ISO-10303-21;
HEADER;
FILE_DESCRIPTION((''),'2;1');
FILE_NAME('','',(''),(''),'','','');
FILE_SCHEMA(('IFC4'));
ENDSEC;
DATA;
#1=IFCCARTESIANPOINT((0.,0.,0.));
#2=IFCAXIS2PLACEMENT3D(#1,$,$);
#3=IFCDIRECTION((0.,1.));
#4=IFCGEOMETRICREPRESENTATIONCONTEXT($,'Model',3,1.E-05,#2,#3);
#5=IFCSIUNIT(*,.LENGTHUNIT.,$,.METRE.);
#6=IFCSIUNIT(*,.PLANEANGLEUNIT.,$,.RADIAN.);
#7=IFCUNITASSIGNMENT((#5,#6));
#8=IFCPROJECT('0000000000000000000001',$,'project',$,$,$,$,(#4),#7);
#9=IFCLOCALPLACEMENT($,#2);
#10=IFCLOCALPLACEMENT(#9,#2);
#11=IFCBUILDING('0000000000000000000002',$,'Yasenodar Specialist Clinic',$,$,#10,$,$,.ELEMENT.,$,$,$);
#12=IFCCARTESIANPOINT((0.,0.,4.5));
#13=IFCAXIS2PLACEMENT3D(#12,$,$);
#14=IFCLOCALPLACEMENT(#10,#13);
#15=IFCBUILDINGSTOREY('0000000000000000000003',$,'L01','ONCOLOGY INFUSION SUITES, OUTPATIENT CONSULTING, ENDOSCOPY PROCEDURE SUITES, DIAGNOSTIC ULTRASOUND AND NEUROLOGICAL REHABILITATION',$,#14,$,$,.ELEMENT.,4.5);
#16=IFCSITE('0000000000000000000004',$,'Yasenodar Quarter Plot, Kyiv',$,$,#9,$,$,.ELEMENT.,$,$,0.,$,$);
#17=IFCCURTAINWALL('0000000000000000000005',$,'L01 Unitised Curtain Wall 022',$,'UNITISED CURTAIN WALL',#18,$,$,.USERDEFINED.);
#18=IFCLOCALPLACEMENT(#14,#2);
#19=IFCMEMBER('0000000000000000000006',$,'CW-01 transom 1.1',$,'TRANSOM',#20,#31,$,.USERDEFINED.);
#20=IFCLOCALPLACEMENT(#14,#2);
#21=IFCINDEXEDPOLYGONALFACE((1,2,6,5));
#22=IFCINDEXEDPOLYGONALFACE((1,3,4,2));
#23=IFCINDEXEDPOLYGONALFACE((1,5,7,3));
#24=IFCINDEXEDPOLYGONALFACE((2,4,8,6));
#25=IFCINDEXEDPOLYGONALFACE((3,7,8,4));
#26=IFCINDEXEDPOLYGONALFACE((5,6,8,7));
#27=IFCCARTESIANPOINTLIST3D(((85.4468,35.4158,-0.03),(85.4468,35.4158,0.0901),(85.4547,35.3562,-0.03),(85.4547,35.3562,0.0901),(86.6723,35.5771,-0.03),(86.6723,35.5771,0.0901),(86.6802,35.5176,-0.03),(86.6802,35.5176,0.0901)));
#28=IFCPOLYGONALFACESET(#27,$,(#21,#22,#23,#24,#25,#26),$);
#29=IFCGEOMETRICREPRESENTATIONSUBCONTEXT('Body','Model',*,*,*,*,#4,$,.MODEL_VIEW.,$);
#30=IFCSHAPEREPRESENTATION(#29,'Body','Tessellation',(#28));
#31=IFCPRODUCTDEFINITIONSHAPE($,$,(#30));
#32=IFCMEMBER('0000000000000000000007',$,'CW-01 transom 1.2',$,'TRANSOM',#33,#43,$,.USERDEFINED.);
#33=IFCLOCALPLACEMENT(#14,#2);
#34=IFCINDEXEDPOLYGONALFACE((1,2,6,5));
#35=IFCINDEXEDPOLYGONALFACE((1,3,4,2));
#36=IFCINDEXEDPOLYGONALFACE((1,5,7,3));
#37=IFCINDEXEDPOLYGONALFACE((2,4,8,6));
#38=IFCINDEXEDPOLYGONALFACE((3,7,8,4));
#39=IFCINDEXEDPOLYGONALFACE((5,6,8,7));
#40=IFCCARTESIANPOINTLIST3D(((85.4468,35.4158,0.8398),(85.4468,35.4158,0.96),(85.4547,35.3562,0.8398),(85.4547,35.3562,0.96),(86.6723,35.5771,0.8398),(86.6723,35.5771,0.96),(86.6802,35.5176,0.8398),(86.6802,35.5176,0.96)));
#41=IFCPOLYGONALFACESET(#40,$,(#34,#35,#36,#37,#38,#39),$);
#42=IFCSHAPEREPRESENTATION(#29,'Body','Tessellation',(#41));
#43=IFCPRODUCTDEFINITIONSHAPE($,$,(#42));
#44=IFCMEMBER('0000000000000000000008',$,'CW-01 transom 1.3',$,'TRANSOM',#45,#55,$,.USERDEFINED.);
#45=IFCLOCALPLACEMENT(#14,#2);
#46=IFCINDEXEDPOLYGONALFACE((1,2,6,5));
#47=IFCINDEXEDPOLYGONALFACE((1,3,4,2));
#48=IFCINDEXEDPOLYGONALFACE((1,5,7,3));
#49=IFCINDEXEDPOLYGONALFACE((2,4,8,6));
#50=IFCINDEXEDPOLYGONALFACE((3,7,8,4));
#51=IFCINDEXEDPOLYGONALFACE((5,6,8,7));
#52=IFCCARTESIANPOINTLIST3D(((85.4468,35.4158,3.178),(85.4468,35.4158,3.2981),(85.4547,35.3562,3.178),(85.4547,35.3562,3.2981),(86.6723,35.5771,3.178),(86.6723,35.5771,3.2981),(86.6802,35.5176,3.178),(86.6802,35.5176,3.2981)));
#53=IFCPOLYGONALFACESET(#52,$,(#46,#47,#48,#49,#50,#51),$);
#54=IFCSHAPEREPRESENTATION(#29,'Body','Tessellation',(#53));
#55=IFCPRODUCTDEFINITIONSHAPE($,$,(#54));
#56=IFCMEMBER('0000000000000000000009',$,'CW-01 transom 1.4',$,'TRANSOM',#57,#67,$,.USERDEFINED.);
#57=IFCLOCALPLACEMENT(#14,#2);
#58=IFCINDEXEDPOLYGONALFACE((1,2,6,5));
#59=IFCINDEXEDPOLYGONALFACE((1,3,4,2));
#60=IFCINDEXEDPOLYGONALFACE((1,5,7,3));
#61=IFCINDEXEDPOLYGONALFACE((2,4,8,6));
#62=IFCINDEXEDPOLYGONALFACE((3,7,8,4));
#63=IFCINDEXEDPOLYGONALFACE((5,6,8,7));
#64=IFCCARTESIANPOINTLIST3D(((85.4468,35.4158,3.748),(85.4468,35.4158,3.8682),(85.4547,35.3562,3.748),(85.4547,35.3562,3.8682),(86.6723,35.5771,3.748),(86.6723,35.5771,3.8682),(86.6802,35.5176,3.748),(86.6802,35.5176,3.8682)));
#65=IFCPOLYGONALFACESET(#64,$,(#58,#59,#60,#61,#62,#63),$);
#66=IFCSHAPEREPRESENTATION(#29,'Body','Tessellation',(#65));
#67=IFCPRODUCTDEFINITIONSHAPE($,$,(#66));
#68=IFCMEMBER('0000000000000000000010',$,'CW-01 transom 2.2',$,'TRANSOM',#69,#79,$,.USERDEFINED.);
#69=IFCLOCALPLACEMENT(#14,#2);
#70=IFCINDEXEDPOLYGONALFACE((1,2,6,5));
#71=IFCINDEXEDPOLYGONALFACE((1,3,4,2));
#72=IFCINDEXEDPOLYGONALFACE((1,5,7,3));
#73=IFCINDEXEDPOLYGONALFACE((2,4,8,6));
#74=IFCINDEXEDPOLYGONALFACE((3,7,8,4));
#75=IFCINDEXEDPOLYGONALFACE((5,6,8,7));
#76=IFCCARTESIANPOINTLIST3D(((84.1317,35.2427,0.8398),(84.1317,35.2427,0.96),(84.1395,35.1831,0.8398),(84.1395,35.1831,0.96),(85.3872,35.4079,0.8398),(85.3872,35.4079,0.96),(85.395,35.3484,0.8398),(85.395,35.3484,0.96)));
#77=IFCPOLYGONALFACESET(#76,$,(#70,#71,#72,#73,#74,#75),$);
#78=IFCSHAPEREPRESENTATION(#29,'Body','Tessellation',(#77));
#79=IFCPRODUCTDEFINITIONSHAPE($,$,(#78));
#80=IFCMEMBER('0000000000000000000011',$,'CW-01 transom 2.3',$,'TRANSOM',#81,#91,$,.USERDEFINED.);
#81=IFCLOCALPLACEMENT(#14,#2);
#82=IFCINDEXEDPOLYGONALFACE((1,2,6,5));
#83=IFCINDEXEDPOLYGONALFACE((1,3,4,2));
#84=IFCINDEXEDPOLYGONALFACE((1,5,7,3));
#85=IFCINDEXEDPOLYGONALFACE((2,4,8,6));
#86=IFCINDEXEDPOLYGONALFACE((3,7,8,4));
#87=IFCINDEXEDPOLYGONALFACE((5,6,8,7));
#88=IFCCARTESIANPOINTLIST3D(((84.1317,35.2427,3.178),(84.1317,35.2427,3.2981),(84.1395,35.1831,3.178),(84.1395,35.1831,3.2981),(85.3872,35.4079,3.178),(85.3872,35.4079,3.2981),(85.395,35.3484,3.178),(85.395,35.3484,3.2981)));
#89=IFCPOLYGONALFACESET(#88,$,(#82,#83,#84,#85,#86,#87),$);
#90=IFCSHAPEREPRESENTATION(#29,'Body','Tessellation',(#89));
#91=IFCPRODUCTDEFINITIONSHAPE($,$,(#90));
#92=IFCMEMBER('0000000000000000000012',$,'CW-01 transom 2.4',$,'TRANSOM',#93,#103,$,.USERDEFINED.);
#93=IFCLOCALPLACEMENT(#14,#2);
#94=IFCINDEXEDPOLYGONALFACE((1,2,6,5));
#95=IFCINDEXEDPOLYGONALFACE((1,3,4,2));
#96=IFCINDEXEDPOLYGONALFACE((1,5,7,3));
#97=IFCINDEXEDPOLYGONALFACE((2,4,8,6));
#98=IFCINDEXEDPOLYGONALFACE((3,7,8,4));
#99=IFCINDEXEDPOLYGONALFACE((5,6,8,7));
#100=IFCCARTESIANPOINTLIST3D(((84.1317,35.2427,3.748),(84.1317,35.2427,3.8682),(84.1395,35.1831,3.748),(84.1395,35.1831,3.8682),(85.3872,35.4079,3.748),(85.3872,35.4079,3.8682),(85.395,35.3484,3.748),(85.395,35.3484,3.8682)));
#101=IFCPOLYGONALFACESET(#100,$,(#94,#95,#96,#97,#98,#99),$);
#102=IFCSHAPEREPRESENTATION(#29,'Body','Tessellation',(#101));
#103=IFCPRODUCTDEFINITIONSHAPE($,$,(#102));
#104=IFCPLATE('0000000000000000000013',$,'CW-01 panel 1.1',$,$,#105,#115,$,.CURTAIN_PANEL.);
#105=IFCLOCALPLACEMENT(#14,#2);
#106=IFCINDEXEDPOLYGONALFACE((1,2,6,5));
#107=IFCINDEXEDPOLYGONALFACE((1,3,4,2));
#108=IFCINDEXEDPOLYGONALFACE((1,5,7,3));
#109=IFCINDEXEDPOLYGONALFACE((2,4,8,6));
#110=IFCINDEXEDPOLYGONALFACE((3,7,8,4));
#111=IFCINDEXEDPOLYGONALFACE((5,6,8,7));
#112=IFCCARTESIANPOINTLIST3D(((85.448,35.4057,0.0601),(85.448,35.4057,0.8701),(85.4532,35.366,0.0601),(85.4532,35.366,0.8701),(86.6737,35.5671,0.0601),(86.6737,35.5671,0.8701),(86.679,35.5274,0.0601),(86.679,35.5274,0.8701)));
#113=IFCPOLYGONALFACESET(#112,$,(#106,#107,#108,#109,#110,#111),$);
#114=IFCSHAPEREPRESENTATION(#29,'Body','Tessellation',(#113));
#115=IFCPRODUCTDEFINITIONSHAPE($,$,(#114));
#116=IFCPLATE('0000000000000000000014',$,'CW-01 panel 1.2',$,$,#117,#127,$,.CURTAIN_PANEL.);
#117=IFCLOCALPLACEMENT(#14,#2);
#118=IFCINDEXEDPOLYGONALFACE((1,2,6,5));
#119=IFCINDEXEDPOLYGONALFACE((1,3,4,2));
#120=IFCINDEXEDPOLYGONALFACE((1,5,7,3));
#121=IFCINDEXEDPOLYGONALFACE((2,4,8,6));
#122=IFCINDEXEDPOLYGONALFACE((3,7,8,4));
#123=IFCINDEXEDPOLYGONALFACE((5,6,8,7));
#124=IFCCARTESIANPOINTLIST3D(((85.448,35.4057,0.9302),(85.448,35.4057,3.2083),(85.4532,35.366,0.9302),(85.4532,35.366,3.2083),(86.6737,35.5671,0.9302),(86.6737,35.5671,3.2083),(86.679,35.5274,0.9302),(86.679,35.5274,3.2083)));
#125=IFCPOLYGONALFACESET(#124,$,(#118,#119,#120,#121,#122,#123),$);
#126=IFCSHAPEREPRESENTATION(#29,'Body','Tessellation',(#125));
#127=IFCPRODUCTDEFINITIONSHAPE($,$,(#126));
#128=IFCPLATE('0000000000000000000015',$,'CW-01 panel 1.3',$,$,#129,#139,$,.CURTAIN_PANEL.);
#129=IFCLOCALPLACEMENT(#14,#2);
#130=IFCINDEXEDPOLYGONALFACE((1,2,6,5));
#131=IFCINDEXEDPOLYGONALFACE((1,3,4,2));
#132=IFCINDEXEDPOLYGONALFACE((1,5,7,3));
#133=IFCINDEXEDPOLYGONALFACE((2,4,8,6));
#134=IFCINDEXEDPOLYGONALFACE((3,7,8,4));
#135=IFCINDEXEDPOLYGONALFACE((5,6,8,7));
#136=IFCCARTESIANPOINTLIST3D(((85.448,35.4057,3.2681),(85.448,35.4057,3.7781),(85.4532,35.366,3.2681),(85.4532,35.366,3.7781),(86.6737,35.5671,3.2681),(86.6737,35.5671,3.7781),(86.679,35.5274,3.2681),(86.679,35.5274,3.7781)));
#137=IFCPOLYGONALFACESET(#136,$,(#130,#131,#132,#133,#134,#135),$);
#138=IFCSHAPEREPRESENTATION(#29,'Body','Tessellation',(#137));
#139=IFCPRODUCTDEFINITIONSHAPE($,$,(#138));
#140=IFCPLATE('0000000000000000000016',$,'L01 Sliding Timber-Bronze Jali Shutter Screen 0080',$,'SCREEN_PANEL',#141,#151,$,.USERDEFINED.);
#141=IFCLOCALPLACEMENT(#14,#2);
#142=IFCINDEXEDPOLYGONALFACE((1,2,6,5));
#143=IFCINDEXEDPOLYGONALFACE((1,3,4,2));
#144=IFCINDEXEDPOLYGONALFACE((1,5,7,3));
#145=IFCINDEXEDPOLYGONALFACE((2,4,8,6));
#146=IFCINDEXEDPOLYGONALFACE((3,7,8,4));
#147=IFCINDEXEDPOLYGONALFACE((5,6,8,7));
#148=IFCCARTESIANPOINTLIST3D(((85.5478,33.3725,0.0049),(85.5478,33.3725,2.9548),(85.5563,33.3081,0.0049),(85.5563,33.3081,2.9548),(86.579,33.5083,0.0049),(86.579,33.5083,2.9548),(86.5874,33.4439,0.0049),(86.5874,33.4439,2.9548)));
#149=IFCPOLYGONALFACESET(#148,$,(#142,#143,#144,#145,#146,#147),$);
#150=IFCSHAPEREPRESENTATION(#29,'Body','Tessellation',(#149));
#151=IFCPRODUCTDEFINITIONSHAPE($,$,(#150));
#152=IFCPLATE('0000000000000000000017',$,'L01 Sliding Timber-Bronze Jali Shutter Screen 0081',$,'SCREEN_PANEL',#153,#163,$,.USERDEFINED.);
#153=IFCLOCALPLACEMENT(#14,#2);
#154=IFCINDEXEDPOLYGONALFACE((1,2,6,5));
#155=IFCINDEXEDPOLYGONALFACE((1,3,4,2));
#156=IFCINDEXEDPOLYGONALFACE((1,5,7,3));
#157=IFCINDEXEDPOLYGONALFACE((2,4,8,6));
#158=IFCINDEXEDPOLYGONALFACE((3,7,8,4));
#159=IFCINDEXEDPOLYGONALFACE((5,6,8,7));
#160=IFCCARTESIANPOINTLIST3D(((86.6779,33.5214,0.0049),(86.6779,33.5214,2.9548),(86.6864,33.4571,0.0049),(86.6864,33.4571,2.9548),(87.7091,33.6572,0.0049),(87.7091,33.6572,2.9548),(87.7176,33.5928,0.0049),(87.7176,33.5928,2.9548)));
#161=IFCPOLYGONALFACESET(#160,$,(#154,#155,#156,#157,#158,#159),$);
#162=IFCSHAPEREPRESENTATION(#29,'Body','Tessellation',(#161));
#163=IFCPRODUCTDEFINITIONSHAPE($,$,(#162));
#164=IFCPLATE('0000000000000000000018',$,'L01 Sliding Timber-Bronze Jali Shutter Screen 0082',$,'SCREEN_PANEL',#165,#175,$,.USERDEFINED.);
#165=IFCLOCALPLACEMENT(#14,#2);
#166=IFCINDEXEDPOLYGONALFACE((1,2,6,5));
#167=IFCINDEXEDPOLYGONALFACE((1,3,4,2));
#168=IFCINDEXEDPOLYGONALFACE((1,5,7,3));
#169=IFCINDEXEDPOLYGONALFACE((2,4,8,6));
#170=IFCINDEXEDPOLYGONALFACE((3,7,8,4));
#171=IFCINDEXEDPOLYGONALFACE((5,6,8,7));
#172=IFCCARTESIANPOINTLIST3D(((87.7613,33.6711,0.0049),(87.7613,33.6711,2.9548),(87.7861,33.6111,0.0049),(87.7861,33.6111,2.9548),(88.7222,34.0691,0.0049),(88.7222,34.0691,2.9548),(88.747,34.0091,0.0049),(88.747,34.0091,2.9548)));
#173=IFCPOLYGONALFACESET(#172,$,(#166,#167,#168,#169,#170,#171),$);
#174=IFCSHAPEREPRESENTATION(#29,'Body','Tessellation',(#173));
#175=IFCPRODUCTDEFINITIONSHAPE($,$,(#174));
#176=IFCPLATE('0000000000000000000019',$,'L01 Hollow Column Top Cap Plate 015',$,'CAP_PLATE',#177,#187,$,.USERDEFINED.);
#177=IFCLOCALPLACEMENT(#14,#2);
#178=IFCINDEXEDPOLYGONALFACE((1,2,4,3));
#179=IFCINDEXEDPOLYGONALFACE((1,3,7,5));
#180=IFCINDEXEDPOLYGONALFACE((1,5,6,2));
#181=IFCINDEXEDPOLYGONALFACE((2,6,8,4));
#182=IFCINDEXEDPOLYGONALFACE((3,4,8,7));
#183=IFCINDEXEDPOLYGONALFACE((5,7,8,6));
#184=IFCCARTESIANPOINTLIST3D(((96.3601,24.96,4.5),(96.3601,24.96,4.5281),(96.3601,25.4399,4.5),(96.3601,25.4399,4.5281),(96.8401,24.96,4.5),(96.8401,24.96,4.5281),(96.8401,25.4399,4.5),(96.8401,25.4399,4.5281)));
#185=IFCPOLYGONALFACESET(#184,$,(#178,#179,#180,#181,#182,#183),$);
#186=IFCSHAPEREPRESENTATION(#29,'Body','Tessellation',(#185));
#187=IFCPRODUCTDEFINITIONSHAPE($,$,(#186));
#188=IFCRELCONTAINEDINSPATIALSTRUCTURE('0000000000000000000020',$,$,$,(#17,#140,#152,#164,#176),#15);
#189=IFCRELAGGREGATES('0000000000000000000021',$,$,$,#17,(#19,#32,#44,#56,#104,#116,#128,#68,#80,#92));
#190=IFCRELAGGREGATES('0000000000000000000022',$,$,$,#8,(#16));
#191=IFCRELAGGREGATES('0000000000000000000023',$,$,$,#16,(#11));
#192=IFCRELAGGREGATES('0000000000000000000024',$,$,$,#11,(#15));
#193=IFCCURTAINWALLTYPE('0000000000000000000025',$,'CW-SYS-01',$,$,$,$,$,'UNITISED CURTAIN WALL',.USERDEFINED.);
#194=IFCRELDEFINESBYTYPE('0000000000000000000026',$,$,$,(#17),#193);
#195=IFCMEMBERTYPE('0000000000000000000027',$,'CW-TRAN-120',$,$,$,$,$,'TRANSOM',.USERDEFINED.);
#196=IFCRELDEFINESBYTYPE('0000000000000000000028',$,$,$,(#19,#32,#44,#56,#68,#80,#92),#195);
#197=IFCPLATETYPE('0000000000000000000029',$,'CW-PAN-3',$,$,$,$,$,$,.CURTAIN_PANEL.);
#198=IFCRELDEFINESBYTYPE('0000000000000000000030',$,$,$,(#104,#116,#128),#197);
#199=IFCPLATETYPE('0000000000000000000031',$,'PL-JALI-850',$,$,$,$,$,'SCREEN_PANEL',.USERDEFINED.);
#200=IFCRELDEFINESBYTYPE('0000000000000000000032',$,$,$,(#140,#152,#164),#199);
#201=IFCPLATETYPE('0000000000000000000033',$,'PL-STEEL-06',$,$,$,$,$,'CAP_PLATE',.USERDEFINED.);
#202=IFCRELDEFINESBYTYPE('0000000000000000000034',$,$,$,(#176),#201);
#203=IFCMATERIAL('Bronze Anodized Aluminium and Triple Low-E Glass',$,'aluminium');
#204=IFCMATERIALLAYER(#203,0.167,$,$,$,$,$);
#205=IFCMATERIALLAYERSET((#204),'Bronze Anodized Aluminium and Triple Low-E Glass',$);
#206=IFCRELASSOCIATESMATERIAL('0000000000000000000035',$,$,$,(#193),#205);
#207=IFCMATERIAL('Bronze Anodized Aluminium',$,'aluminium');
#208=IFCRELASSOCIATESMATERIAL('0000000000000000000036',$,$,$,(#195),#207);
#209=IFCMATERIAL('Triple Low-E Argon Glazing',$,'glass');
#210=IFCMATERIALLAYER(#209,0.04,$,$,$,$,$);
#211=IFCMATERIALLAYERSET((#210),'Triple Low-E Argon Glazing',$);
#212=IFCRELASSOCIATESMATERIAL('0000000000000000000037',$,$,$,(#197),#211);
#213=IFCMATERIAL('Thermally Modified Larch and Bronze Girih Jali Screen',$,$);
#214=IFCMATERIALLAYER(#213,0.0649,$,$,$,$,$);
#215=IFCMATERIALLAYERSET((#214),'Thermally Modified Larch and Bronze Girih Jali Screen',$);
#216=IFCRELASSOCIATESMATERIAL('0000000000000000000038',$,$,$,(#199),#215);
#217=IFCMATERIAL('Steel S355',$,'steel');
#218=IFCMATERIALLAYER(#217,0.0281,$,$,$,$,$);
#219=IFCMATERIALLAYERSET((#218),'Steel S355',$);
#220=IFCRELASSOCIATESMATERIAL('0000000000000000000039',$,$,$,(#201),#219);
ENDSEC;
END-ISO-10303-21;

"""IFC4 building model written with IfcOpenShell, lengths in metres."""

from ifc_helpers import new_model, si_unit, direction, frame, origin, origin_2d, place, context, subcontext, project, spatial, rectangle, extrude, material, layer, layer_set, material_profile, profile_set, type_object, element, aggregate, save


model = new_model("IFC4")

# Units and contexts
model_context = context("Model", 3, precision=1e-05, world=origin(), true_north=direction((0.0, 1.0)))
body_context = subcontext(model_context, "Body", "Model", "MODEL_VIEW")
ifc_project = project(units=[si_unit("LENGTHUNIT", "METRE"), si_unit("PLANEANGLEUNIT", "RADIAN")], contexts=[model_context])

# Site, building, storey
site_placement = place(None, origin())
site = spatial("IfcSite", under=ifc_project, at=site_placement, Name="Yasenodar Quarter Plot, Kyiv", CompositionType="ELEMENT", RefElevation=0.0)
building_placement = place(site_placement, origin())
building = spatial("IfcBuilding", under=site, at=building_placement, Name="Yasenodar Specialist Clinic", CompositionType="ELEMENT")
storey_placement = place(building_placement, frame((0.0, 0.0, 4.5)))
storey = spatial("IfcBuildingStorey", under=building, at=storey_placement, Name="L01", Description="ONCOLOGY INFUSION SUITES, OUTPATIENT CONSULTING, ENDOSCOPY PROCEDURE SUITES, DIAGNOSTIC ULTRASOUND AND NEUROLOGICAL REHABILITATION", CompositionType="ELEMENT", Elevation=4.5)

# Shared definitions
ifc_material_1 = material(Name="Steel S355", Category="steel")

# Curtain wall, members, plates
ifc_material_2 = material(Name="Bronze Anodized Aluminium and Triple Low-E Glass", Category="aluminium")
ifc_layer_1 = layer(ifc_material_2, 0.167)
ifc_layer_set_1 = layer_set([ifc_layer_1], Name="Bronze Anodized Aluminium and Triple Low-E Glass")
curtain_wall_type = type_object("IfcCurtainWallType", Name="CW-SYS-01", ElementType="UNITISED CURTAIN WALL", PredefinedType="USERDEFINED", material=ifc_layer_set_1)
curtain_wall_placement = place(storey_placement, origin())
curtain_wall = element("IfcCurtainWall", 1, at=curtain_wall_placement, inside=storey, type_object=curtain_wall_type, Name="L01 Unitised Curtain Wall 022", ObjectType="UNITISED CURTAIN WALL", PredefinedType="USERDEFINED")
ifc_material_3 = material(Name="Bronze Anodized Aluminium", Category="aluminium")
ifc_material_profile_1 = material_profile(ifc_material_3, rectangle(XDim=0.0601, YDim=0.1201, at=origin_2d()), Name="CW-TRAN 60x120")
ifc_profile_set_1 = profile_set([ifc_material_profile_1], Name="Bronze Anodized Aluminium")
member_type_1 = type_object("IfcMemberType", Name="CW-TRAN-120", ElementType="TRANSOM", PredefinedType="USERDEFINED", material=ifc_profile_set_1)
member_1_placement = place(storey_placement, frame((86.6763, 35.5474, 0.03), z_axis=(-0.991442, -0.130546, 0.0), x_axis=(0.130546, -0.991442, 0.0)))
member_1 = element("IfcMember", 2, at=member_1_placement, type_object=member_type_1, Name="CW-01 transom 1.1", ObjectType="TRANSOM", PredefinedType="USERDEFINED", context=body_context, shape_type="SweptSolid", body=[
    extrude(rectangle(XDim=0.0601, YDim=0.1201, at=origin_2d()), origin(), (0.0, 0.0, 1.0), 1.2361),
])
member_2_placement = place(storey_placement, frame((86.6763, 35.5474, 0.8999), z_axis=(-0.991442, -0.130546, 0.0), x_axis=(0.130546, -0.991442, 0.0)))
member_2 = element("IfcMember", 3, at=member_2_placement, type_object=member_type_1, Name="CW-01 transom 1.2", ObjectType="TRANSOM", PredefinedType="USERDEFINED", context=body_context, shape_type="SweptSolid", body=[
    extrude(rectangle(XDim=0.0601, YDim=0.1201, at=origin_2d()), origin(), (0.0, 0.0, 1.0), 1.2361),
])
member_3_placement = place(storey_placement, frame((86.6763, 35.5474, 3.238), z_axis=(-0.991442, -0.130546, 0.0), x_axis=(0.130546, -0.991442, 0.0)))
member_3 = element("IfcMember", 4, at=member_3_placement, type_object=member_type_1, Name="CW-01 transom 1.3", ObjectType="TRANSOM", PredefinedType="USERDEFINED", context=body_context, shape_type="SweptSolid", body=[
    extrude(rectangle(XDim=0.0601, YDim=0.1201, at=origin_2d()), origin(), (0.0, 0.0, 1.0), 1.2361),
])
member_4_placement = place(storey_placement, frame((86.6763, 35.5474, 3.8081), z_axis=(-0.991442, -0.130546, 0.0), x_axis=(0.130546, -0.991442, 0.0)))
member_4 = element("IfcMember", 5, at=member_4_placement, type_object=member_type_1, Name="CW-01 transom 1.4", ObjectType="TRANSOM", PredefinedType="USERDEFINED", context=body_context, shape_type="SweptSolid", body=[
    extrude(rectangle(XDim=0.0601, YDim=0.1201, at=origin_2d()), origin(), (0.0, 0.0, 1.0), 1.2361),
])
member_5_placement = place(storey_placement, frame((85.3911, 35.3782, 0.8999), z_axis=(-0.991447, -0.130509, 0.0), x_axis=(0.130509, -0.991447, 0.0)))
member_5 = element("IfcMember", 6, at=member_5_placement, type_object=member_type_1, Name="CW-01 transom 2.2", ObjectType="TRANSOM", PredefinedType="USERDEFINED", context=body_context, shape_type="SweptSolid", body=[
    extrude(rectangle(XDim=0.0601, YDim=0.1201, at=origin_2d()), origin(), (0.0, 0.0, 1.0), 1.2664),
])
member_6_placement = place(storey_placement, frame((85.3911, 35.3782, 3.238), z_axis=(-0.991447, -0.130509, 0.0), x_axis=(0.130509, -0.991447, 0.0)))
member_6 = element("IfcMember", 7, at=member_6_placement, type_object=member_type_1, Name="CW-01 transom 2.3", ObjectType="TRANSOM", PredefinedType="USERDEFINED", context=body_context, shape_type="SweptSolid", body=[
    extrude(rectangle(XDim=0.0601, YDim=0.1201, at=origin_2d()), origin(), (0.0, 0.0, 1.0), 1.2664),
])
member_7_placement = place(storey_placement, frame((85.3911, 35.3782, 3.8081), z_axis=(-0.991447, -0.130509, 0.0), x_axis=(0.130509, -0.991447, 0.0)))
member_7 = element("IfcMember", 8, at=member_7_placement, type_object=member_type_1, Name="CW-01 transom 2.4", ObjectType="TRANSOM", PredefinedType="USERDEFINED", context=body_context, shape_type="SweptSolid", body=[
    extrude(rectangle(XDim=0.0601, YDim=0.1201, at=origin_2d()), origin(), (0.0, 0.0, 1.0), 1.2664),
])
ifc_material_4 = material(Name="Triple Low-E Argon Glazing", Category="glass")
ifc_layer_2 = layer(ifc_material_4, 0.04)
ifc_layer_set_2 = layer_set([ifc_layer_2], Name="Triple Low-E Argon Glazing")
plate_type_1 = type_object("IfcPlateType", Name="CW-PAN-3", PredefinedType="CURTAIN_PANEL", material=ifc_layer_set_2)
plate_1_placement = place(storey_placement, frame((86.0635, 35.4666, 0.0601), z_axis=(0.0, 0.0, 1.0), x_axis=(-0.991447, -0.130512, 0.0)))
plate_1 = element("IfcPlate", 9, at=plate_1_placement, type_object=plate_type_1, Name="CW-01 panel 1.1", PredefinedType="CURTAIN_PANEL", context=body_context, shape_type="SweptSolid", body=[
    extrude(rectangle(XDim=1.2363, YDim=0.04, at=origin_2d()), origin(), (0.0, 0.0, 1.0), 0.8101),
])
plate_2_placement = place(storey_placement, frame((86.0635, 35.4666, 0.9302), z_axis=(0.0, 0.0, 1.0), x_axis=(-0.991447, -0.130512, 0.0)))
plate_2 = element("IfcPlate", 10, at=plate_2_placement, type_object=plate_type_1, Name="CW-01 panel 1.2", PredefinedType="CURTAIN_PANEL", context=body_context, shape_type="SweptSolid", body=[
    extrude(rectangle(XDim=1.2363, YDim=0.04, at=origin_2d()), origin(), (0.0, 0.0, 1.0), 2.2781),
])
plate_3_placement = place(storey_placement, frame((86.0635, 35.4666, 3.2681), z_axis=(0.0, 0.0, 1.0), x_axis=(-0.991447, -0.130512, 0.0)))
plate_3 = element("IfcPlate", 11, at=plate_3_placement, type_object=plate_type_1, Name="CW-01 panel 1.3", PredefinedType="CURTAIN_PANEL", context=body_context, shape_type="SweptSolid", body=[
    extrude(rectangle(XDim=1.2363, YDim=0.04, at=origin_2d()), origin(), (0.0, 0.0, 1.0), 0.51),
])
aggregate(curtain_wall, [member_1, member_2, member_3, member_4, plate_1, plate_2, plate_3, member_5, member_6, member_7])

# Plates
ifc_material_5 = material(Name="Thermally Modified Larch and Bronze Girih Jali Screen")
ifc_layer_3 = layer(ifc_material_5, 0.0649)
ifc_layer_set_3 = layer_set([ifc_layer_3], Name="Thermally Modified Larch and Bronze Girih Jali Screen")
plate_type_2 = type_object("IfcPlateType", Name="PL-JALI-850", ElementType="SCREEN_PANEL", PredefinedType="USERDEFINED", material=ifc_layer_set_3)
for number, where, z_axis, x_axis, name in (
    (12, (86.0676, 33.4082, 0.0049), (0.0, 0.0, 1.0), (0.991446, 0.130519, 0.0), "L01 Sliding Timber-Bronze Jali Shutter Screen 0080"),
    (13, (87.1978, 33.5571, 0.0049), (0.0, 0.0, 1.0), (0.991446, 0.130519, 0.0), "L01 Sliding Timber-Bronze Jali Shutter Screen 0081"),
    (14, (88.2542, 33.8401, 0.0049), (0.0, 0.0, 1.0), (0.923878, 0.382687, 0.0), "L01 Sliding Timber-Bronze Jali Shutter Screen 0082"),
):
    element("IfcPlate", number, at=place(storey_placement, frame(where, z_axis=z_axis, x_axis=x_axis)), inside=storey, type_object=plate_type_2, Name=name, ObjectType="SCREEN_PANEL", PredefinedType="USERDEFINED", context=body_context, shape_type="SweptSolid", body=[
        extrude(rectangle(XDim=1.04, YDim=0.0649, at=origin_2d()), origin(), (0.0, 0.0, 1.0), 2.95),
    ])
ifc_layer_4 = layer(ifc_material_1, 0.0281)
ifc_layer_set_4 = layer_set([ifc_layer_4], Name="Steel S355")
plate_type_3 = type_object("IfcPlateType", Name="PL-STEEL-06", ElementType="CAP_PLATE", PredefinedType="USERDEFINED", material=ifc_layer_set_4)
plate_4_placement = place(storey_placement, frame((96.6001, 25.2, 4.5), z_axis=(0.0, 0.0, 1.0), x_axis=(1.0, 0.0, 0.0)))
element("IfcPlate", 15, at=plate_4_placement, inside=storey, type_object=plate_type_3, Name="L01 Hollow Column Top Cap Plate 015", ObjectType="CAP_PLATE", PredefinedType="USERDEFINED", context=body_context, shape_type="SweptSolid", body=[
    extrude(rectangle(XDim=0.48, YDim=0.48, at=origin_2d()), origin(), (0.0, 0.0, 1.0), 0.0281),
])

save(model, "model.ifc")
